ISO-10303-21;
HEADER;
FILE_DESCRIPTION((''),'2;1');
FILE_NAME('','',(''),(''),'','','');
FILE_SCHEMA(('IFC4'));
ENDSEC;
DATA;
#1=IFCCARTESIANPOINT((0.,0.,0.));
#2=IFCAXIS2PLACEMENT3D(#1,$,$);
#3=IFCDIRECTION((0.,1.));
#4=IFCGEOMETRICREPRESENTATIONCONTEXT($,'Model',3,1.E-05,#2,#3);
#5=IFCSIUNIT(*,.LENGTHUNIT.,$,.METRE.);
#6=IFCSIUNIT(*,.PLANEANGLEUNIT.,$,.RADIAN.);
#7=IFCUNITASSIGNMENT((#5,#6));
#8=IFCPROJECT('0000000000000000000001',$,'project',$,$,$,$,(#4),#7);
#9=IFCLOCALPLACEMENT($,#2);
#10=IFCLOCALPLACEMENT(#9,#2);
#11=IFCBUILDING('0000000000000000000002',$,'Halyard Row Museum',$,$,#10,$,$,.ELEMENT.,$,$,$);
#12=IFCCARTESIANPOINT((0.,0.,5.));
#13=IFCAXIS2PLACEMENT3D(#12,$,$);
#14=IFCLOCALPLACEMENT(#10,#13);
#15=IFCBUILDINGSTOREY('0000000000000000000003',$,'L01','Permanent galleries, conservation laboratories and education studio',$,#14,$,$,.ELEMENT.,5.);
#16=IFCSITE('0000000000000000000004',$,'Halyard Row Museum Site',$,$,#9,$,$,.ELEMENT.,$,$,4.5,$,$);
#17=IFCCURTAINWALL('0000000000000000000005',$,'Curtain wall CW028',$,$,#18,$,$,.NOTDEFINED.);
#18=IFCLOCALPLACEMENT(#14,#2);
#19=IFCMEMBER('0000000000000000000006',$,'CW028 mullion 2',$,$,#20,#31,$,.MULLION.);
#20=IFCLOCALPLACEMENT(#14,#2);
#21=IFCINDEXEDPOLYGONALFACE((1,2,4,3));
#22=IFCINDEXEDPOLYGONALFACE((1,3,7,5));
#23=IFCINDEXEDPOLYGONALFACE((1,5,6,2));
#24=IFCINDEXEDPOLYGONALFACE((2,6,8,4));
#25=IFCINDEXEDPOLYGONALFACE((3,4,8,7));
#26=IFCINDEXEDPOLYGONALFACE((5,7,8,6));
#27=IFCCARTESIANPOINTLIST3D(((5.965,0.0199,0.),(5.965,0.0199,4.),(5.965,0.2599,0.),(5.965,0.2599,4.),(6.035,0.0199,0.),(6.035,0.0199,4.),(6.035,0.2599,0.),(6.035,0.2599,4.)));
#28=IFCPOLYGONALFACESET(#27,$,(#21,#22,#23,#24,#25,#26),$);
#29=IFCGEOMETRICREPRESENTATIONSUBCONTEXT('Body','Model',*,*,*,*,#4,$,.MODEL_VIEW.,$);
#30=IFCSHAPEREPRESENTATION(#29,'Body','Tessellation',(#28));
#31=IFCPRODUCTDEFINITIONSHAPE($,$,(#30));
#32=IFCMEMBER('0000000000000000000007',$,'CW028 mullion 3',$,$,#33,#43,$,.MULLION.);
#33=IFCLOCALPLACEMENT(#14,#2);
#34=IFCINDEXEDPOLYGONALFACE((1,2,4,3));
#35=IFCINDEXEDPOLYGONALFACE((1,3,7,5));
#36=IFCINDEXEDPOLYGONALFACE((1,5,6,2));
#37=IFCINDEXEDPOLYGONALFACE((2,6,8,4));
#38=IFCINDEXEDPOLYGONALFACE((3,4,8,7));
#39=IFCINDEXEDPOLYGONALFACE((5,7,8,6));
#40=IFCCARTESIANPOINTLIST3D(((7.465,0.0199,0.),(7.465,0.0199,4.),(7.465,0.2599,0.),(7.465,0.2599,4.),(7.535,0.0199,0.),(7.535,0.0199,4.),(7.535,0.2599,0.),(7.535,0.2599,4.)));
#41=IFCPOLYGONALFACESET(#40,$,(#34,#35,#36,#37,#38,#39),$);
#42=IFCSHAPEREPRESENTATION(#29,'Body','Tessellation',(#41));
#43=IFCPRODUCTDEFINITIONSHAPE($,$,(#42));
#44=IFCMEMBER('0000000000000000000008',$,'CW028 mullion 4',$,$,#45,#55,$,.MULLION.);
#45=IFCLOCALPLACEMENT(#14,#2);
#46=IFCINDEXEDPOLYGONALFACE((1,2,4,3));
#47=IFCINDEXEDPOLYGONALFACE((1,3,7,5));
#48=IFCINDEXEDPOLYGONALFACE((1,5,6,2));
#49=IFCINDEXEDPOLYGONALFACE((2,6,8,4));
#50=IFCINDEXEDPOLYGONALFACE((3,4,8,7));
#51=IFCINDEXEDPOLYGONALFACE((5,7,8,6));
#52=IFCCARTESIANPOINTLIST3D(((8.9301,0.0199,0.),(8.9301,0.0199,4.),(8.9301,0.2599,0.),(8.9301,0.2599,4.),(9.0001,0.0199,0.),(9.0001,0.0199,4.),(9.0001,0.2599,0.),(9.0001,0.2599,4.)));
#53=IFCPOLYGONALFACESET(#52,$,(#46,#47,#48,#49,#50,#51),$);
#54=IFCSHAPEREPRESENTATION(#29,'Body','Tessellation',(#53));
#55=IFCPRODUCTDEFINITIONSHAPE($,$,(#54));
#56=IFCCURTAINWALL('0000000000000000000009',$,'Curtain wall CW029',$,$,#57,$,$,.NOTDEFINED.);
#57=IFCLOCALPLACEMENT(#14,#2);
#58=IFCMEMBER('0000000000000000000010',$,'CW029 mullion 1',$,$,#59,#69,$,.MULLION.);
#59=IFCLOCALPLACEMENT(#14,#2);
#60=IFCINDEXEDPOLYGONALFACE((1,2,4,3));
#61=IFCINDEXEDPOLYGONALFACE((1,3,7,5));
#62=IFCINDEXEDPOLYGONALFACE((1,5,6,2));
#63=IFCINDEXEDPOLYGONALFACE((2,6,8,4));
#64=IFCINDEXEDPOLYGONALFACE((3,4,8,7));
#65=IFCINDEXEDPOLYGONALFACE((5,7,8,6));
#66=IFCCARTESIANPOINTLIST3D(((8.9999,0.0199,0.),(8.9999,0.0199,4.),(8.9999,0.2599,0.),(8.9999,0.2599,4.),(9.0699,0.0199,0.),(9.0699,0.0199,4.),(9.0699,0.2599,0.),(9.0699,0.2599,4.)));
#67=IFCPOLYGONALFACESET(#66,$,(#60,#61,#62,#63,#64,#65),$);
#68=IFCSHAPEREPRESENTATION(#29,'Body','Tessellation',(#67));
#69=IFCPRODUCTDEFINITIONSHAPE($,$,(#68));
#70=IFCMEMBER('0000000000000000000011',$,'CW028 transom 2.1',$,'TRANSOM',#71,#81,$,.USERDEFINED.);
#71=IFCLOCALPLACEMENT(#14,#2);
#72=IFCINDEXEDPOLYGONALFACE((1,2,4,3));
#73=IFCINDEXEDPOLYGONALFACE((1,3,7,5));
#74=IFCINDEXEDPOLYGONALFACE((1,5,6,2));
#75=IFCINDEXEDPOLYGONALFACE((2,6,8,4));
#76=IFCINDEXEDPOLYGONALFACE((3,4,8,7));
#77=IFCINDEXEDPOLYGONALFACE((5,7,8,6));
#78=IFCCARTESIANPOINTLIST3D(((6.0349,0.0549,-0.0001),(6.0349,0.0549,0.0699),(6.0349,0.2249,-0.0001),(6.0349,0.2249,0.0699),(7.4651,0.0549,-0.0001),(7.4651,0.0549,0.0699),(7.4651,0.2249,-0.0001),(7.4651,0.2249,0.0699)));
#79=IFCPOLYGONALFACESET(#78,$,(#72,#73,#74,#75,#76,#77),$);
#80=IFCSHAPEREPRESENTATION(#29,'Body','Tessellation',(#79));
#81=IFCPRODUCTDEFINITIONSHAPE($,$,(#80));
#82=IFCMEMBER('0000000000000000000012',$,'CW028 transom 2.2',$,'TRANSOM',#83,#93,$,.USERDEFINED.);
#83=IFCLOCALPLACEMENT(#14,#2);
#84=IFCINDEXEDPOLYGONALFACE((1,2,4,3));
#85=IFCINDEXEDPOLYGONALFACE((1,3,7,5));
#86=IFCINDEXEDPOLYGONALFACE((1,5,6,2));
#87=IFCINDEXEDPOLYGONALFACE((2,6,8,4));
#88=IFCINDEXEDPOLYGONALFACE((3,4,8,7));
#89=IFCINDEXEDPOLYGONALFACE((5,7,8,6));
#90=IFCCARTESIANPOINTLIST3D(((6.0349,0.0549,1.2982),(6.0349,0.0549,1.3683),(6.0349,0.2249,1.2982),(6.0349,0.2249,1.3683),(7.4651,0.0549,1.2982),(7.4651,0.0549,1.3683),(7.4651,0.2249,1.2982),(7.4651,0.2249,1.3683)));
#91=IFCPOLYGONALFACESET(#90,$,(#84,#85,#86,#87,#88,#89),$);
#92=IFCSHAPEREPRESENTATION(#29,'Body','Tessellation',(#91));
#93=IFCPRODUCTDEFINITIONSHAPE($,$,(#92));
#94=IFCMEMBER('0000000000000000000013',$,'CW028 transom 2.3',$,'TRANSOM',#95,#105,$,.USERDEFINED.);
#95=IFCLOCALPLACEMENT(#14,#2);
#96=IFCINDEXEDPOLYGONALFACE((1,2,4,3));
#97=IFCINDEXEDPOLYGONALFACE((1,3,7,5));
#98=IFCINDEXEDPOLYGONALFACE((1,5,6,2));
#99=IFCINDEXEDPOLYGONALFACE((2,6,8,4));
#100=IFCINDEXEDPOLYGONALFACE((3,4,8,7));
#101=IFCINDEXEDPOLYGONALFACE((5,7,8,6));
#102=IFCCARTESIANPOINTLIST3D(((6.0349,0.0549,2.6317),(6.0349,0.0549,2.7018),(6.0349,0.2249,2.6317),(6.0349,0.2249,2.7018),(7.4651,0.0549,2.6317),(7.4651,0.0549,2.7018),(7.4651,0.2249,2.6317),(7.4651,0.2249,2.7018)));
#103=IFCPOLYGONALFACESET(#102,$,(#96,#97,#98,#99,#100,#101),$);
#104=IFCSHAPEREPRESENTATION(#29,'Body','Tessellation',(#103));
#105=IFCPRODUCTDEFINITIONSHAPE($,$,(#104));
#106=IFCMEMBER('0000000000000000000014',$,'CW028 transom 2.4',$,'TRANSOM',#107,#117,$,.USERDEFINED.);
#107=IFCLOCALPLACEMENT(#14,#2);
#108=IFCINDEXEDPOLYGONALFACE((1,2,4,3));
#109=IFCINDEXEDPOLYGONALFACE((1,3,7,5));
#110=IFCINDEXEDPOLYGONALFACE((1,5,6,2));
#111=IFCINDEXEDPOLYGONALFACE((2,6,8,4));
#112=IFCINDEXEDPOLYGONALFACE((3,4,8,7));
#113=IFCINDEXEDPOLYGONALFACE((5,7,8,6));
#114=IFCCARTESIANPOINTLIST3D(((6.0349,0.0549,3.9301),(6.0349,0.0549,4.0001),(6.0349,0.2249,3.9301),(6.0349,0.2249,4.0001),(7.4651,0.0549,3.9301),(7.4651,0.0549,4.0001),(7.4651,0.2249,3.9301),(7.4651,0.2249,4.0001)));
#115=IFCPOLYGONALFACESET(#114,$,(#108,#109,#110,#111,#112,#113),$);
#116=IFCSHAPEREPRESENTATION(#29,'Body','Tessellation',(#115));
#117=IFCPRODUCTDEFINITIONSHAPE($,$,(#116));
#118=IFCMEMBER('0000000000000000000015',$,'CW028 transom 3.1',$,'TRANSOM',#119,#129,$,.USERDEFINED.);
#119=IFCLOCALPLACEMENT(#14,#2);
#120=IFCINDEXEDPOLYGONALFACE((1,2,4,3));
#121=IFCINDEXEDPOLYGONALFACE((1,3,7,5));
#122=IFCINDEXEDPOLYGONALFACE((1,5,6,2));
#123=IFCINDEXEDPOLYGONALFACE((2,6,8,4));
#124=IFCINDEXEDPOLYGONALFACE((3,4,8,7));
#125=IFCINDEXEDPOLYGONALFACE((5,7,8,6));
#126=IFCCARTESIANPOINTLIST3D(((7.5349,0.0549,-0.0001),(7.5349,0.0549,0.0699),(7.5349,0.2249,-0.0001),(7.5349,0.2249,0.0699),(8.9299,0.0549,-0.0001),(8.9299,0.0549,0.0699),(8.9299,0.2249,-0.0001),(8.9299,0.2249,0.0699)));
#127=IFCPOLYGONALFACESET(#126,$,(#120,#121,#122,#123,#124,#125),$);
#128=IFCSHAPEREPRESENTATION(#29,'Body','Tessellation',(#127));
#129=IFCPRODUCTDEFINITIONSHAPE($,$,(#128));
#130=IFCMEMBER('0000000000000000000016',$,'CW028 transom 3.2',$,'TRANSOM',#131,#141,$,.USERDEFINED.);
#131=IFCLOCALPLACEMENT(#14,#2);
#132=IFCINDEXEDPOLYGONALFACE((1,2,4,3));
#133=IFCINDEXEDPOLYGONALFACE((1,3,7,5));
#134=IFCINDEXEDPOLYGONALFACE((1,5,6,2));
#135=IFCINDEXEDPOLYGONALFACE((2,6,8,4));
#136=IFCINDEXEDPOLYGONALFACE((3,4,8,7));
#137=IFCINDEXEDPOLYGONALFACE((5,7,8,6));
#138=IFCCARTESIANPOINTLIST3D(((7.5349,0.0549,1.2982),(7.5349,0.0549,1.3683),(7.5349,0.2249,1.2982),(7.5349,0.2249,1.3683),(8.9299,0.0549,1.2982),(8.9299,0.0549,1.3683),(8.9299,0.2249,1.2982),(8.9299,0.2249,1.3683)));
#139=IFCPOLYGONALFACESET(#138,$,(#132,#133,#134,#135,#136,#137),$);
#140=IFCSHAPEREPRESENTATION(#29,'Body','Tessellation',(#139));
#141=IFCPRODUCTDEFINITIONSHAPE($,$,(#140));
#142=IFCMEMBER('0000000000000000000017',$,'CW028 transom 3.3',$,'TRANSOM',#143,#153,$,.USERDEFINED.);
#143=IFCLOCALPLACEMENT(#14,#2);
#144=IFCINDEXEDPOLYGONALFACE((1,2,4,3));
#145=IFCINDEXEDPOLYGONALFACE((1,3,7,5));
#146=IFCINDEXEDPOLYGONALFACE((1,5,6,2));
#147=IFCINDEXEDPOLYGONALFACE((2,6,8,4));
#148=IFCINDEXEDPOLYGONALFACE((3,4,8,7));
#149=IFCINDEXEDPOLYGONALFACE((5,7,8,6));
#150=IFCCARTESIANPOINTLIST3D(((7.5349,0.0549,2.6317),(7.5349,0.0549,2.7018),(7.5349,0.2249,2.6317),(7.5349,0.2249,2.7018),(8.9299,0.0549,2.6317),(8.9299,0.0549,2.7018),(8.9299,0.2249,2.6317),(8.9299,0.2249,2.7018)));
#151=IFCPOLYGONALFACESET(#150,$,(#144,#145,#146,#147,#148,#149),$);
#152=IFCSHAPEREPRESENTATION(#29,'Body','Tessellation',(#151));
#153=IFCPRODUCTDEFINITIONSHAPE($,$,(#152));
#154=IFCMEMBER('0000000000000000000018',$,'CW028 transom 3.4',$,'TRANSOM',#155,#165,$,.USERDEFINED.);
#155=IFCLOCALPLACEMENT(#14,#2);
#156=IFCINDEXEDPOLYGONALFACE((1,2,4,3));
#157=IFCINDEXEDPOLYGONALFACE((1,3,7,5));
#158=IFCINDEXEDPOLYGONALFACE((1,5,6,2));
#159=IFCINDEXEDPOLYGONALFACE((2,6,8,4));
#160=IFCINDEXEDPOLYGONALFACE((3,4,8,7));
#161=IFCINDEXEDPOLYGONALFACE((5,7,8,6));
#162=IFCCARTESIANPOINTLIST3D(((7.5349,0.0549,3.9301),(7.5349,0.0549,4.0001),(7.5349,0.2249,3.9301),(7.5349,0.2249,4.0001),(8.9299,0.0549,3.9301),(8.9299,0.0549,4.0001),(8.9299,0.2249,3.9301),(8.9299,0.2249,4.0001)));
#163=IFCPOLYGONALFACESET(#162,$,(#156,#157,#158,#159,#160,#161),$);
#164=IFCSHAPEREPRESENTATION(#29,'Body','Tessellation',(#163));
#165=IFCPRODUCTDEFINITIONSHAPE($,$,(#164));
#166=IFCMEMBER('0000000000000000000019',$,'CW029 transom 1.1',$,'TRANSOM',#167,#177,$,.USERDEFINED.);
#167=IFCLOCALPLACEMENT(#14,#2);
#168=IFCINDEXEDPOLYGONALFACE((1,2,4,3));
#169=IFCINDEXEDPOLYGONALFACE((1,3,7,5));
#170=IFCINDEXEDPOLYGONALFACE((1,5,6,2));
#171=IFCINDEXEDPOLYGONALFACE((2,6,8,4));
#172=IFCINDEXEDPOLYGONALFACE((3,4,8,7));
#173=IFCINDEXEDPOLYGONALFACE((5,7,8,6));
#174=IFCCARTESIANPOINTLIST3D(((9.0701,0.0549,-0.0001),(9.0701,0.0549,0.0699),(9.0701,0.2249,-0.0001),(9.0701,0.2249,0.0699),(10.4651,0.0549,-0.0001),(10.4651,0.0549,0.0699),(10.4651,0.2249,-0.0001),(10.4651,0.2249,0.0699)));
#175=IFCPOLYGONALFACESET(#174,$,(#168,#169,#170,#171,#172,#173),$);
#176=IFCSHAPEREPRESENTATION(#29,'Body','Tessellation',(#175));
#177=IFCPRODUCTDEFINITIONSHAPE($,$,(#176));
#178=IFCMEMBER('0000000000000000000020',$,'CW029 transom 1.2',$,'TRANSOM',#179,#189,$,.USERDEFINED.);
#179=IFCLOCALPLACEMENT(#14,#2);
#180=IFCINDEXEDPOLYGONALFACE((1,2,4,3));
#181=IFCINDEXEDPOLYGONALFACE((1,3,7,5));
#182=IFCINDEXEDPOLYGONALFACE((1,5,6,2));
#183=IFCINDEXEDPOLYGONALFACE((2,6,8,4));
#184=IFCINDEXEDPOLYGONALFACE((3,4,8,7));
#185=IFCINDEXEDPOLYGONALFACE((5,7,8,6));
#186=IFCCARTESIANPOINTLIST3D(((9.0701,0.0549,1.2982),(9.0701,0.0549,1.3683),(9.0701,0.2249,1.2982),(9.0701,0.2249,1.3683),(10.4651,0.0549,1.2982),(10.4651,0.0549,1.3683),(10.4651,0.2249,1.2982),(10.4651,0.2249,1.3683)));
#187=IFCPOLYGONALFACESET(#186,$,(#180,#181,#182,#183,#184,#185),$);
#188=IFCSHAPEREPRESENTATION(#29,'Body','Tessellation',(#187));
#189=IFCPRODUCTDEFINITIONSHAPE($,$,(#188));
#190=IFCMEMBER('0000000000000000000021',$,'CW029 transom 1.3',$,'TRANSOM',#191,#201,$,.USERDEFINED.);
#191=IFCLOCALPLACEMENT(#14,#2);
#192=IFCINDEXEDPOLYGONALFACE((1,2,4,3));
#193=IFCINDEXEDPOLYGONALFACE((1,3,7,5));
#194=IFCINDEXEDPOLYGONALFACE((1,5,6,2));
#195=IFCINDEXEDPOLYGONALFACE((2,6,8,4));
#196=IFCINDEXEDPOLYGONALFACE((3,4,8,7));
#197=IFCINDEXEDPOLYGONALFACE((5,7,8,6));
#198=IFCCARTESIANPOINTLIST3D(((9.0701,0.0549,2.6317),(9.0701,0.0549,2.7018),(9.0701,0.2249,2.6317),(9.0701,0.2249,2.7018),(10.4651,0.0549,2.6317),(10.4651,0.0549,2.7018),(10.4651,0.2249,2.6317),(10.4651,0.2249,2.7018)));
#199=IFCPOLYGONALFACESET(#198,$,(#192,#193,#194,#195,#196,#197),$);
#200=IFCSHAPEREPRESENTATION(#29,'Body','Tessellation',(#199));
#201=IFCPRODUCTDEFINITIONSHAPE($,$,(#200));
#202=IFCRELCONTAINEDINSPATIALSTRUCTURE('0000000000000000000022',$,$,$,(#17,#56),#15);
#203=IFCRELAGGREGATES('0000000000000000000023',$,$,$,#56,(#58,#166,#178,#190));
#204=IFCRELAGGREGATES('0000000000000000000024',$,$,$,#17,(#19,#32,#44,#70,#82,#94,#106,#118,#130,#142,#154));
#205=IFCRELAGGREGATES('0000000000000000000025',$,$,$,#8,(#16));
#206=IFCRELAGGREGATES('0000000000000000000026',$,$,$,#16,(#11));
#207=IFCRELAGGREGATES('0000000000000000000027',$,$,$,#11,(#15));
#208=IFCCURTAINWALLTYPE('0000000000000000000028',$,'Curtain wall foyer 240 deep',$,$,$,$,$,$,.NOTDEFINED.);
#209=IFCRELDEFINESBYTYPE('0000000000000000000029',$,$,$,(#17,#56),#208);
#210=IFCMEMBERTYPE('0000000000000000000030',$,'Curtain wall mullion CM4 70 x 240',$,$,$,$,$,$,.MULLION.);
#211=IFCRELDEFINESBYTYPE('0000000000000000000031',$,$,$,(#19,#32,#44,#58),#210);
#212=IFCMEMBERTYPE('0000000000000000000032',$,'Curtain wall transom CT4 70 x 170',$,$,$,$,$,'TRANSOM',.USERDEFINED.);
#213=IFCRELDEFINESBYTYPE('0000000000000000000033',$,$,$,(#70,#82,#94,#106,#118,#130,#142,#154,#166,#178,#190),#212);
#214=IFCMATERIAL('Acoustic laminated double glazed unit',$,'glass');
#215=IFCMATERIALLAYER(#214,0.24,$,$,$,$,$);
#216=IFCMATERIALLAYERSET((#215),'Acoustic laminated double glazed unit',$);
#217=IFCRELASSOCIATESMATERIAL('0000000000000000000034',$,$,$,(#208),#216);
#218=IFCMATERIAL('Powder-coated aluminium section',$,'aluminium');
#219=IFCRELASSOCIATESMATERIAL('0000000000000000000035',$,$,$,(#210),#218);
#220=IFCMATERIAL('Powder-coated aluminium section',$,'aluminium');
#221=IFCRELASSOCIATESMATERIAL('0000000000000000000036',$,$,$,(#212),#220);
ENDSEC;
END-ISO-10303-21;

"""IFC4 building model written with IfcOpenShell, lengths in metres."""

from ifc_helpers import new_model, si_unit, direction, frame, origin, origin_2d, place, context, subcontext, project, spatial, rectangle, extrude, material, layer, layer_set, material_profile, profile_set, type_object, element, aggregate, save


model = new_model("IFC4")

# Units and contexts
model_context = context("Model", 3, precision=1e-05, world=origin(), true_north=direction((0.0, 1.0)))
body_context = subcontext(model_context, "Body", "Model", "MODEL_VIEW")
ifc_project = project(units=[si_unit("LENGTHUNIT", "METRE"), si_unit("PLANEANGLEUNIT", "RADIAN")], contexts=[model_context])

# Site, building, storey
site_placement = place(None, origin())
site = spatial("IfcSite", under=ifc_project, at=site_placement, Name="Halyard Row Museum Site", CompositionType="ELEMENT", RefElevation=4.5)
building_placement = place(site_placement, origin())
building = spatial("IfcBuilding", under=site, at=building_placement, Name="Halyard Row Museum", CompositionType="ELEMENT")
storey_placement = place(building_placement, frame((0.0, 0.0, 5.0)))
storey = spatial("IfcBuildingStorey", under=building, at=storey_placement, Name="L01", Description="Permanent galleries, conservation laboratories and education studio", CompositionType="ELEMENT", Elevation=5.0)

# Curtain wall, members
ifc_material_1 = material(Name="Acoustic laminated double glazed unit", Category="glass")
ifc_layer_1 = layer(ifc_material_1, 0.24)
ifc_layer_set_1 = layer_set([ifc_layer_1], Name="Acoustic laminated double glazed unit")
curtain_wall_type = type_object("IfcCurtainWallType", Name="Curtain wall foyer 240 deep", PredefinedType="NOTDEFINED", material=ifc_layer_set_1)
curtain_wall_1_placement = place(storey_placement, origin())
curtain_wall_1 = element("IfcCurtainWall", 1, at=curtain_wall_1_placement, inside=storey, type_object=curtain_wall_type, Name="Curtain wall CW028", PredefinedType="NOTDEFINED")
ifc_material_2 = material(Name="Powder-coated aluminium section", Category="aluminium")
ifc_material_profile_1 = material_profile(ifc_material_2, rectangle(XDim=0.24, YDim=0.0701, at=origin_2d()), Name="240x70 mullion")
ifc_profile_set_1 = profile_set([ifc_material_profile_1], Name="Powder-coated aluminium section")
member_type_1 = type_object("IfcMemberType", Name="Curtain wall mullion CM4 70 x 240", PredefinedType="MULLION", material=ifc_profile_set_1)
member_1_placement = place(storey_placement, frame((6.0, 0.1399, 0.0), z_axis=(0.0, 0.0, 1.0), x_axis=(0.0, 1.0, 0.0)))
member_1 = element("IfcMember", 2, at=member_1_placement, type_object=member_type_1, Name="CW028 mullion 2", PredefinedType="MULLION", context=body_context, shape_type="SweptSolid", body=[
    extrude(rectangle(XDim=0.24, YDim=0.0701, at=origin_2d()), origin(), (0.0, 0.0, 1.0), 4.0),
])
member_2_placement = place(storey_placement, frame((7.5, 0.1399, 0.0), z_axis=(0.0, 0.0, 1.0), x_axis=(0.0, 1.0, 0.0)))
member_2 = element("IfcMember", 3, at=member_2_placement, type_object=member_type_1, Name="CW028 mullion 3", PredefinedType="MULLION", context=body_context, shape_type="SweptSolid", body=[
    extrude(rectangle(XDim=0.24, YDim=0.0701, at=origin_2d()), origin(), (0.0, 0.0, 1.0), 4.0),
])
member_3_placement = place(storey_placement, frame((8.9651, 0.1399, 0.0), z_axis=(0.0, 0.0, 1.0), x_axis=(0.0, 1.0, 0.0)))
member_3 = element("IfcMember", 4, at=member_3_placement, type_object=member_type_1, Name="CW028 mullion 4", PredefinedType="MULLION", context=body_context, shape_type="SweptSolid", body=[
    extrude(rectangle(XDim=0.24, YDim=0.0701, at=origin_2d()), origin(), (0.0, 0.0, 1.0), 4.0),
])

# Curtain wall, member
curtain_wall_2_placement = place(storey_placement, origin())
curtain_wall_2 = element("IfcCurtainWall", 5, at=curtain_wall_2_placement, inside=storey, type_object=curtain_wall_type, Name="Curtain wall CW029", PredefinedType="NOTDEFINED")
member_4_placement = place(storey_placement, frame((9.0349, 0.1399, 0.0), z_axis=(0.0, 0.0, 1.0), x_axis=(0.0, 1.0, 0.0)))
member_4 = element("IfcMember", 6, at=member_4_placement, type_object=member_type_1, Name="CW029 mullion 1", PredefinedType="MULLION", context=body_context, shape_type="SweptSolid", body=[
    extrude(rectangle(XDim=0.24, YDim=0.0701, at=origin_2d()), origin(), (0.0, 0.0, 1.0), 4.0),
])

# Members
ifc_material_3 = material(Name="Powder-coated aluminium section", Category="aluminium")
ifc_material_profile_2 = material_profile(ifc_material_3, rectangle(XDim=0.1699, YDim=0.0701, at=origin_2d()), Name="170x70 transom")
ifc_profile_set_2 = profile_set([ifc_material_profile_2], Name="Powder-coated aluminium section")
member_type_2 = type_object("IfcMemberType", Name="Curtain wall transom CT4 70 x 170", ElementType="TRANSOM", PredefinedType="USERDEFINED", material=ifc_profile_set_2)
member_5_placement = place(storey_placement, frame((6.0349, 0.1399, 0.0349), z_axis=(1.0, 0.0, 0.0), x_axis=(0.0, 1.0, 0.0)))
member_5 = element("IfcMember", 7, at=member_5_placement, type_object=member_type_2, Name="CW028 transom 2.1", ObjectType="TRANSOM", PredefinedType="USERDEFINED", context=body_context, shape_type="SweptSolid", body=[
    extrude(rectangle(XDim=0.1699, YDim=0.0701, at=origin_2d()), origin(), (0.0, 0.0, 1.0), 1.4302),
])
member_6_placement = place(storey_placement, frame((6.0349, 0.1399, 1.3333), z_axis=(1.0, 0.0, 0.0), x_axis=(0.0, 1.0, 0.0)))
member_6 = element("IfcMember", 8, at=member_6_placement, type_object=member_type_2, Name="CW028 transom 2.2", ObjectType="TRANSOM", PredefinedType="USERDEFINED", context=body_context, shape_type="SweptSolid", body=[
    extrude(rectangle(XDim=0.1699, YDim=0.0701, at=origin_2d()), origin(), (0.0, 0.0, 1.0), 1.4302),
])
member_7_placement = place(storey_placement, frame((6.0349, 0.1399, 2.6667), z_axis=(1.0, 0.0, 0.0), x_axis=(0.0, 1.0, 0.0)))
member_7 = element("IfcMember", 9, at=member_7_placement, type_object=member_type_2, Name="CW028 transom 2.3", ObjectType="TRANSOM", PredefinedType="USERDEFINED", context=body_context, shape_type="SweptSolid", body=[
    extrude(rectangle(XDim=0.1699, YDim=0.0701, at=origin_2d()), origin(), (0.0, 0.0, 1.0), 1.4302),
])
member_8_placement = place(storey_placement, frame((6.0349, 0.1399, 3.9651), z_axis=(1.0, 0.0, 0.0), x_axis=(0.0, 1.0, 0.0)))
member_8 = element("IfcMember", 10, at=member_8_placement, type_object=member_type_2, Name="CW028 transom 2.4", ObjectType="TRANSOM", PredefinedType="USERDEFINED", context=body_context, shape_type="SweptSolid", body=[
    extrude(rectangle(XDim=0.1699, YDim=0.0701, at=origin_2d()), origin(), (0.0, 0.0, 1.0), 1.4302),
])
member_9_placement = place(storey_placement, frame((7.5349, 0.1399, 0.0349), z_axis=(1.0, 0.0, 0.0), x_axis=(0.0, 1.0, 0.0)))
member_9 = element("IfcMember", 11, at=member_9_placement, type_object=member_type_2, Name="CW028 transom 3.1", ObjectType="TRANSOM", PredefinedType="USERDEFINED", context=body_context, shape_type="SweptSolid", body=[
    extrude(rectangle(XDim=0.1699, YDim=0.0701, at=origin_2d()), origin(), (0.0, 0.0, 1.0), 1.395),
])
member_10_placement = place(storey_placement, frame((7.5349, 0.1399, 1.3333), z_axis=(1.0, 0.0, 0.0), x_axis=(0.0, 1.0, 0.0)))
member_10 = element("IfcMember", 12, at=member_10_placement, type_object=member_type_2, Name="CW028 transom 3.2", ObjectType="TRANSOM", PredefinedType="USERDEFINED", context=body_context, shape_type="SweptSolid", body=[
    extrude(rectangle(XDim=0.1699, YDim=0.0701, at=origin_2d()), origin(), (0.0, 0.0, 1.0), 1.395),
])
member_11_placement = place(storey_placement, frame((7.5349, 0.1399, 2.6667), z_axis=(1.0, 0.0, 0.0), x_axis=(0.0, 1.0, 0.0)))
member_11 = element("IfcMember", 13, at=member_11_placement, type_object=member_type_2, Name="CW028 transom 3.3", ObjectType="TRANSOM", PredefinedType="USERDEFINED", context=body_context, shape_type="SweptSolid", body=[
    extrude(rectangle(XDim=0.1699, YDim=0.0701, at=origin_2d()), origin(), (0.0, 0.0, 1.0), 1.395),
])
member_12_placement = place(storey_placement, frame((7.5349, 0.1399, 3.9651), z_axis=(1.0, 0.0, 0.0), x_axis=(0.0, 1.0, 0.0)))
member_12 = element("IfcMember", 14, at=member_12_placement, type_object=member_type_2, Name="CW028 transom 3.4", ObjectType="TRANSOM", PredefinedType="USERDEFINED", context=body_context, shape_type="SweptSolid", body=[
    extrude(rectangle(XDim=0.1699, YDim=0.0701, at=origin_2d()), origin(), (0.0, 0.0, 1.0), 1.395),
])
member_13_placement = place(storey_placement, frame((9.0701, 0.1399, 0.0349), z_axis=(1.0, 0.0, 0.0), x_axis=(0.0, 1.0, 0.0)))
member_13 = element("IfcMember", 15, at=member_13_placement, type_object=member_type_2, Name="CW029 transom 1.1", ObjectType="TRANSOM", PredefinedType="USERDEFINED", context=body_context, shape_type="SweptSolid", body=[
    extrude(rectangle(XDim=0.1699, YDim=0.0701, at=origin_2d()), origin(), (0.0, 0.0, 1.0), 1.395),
])
member_14_placement = place(storey_placement, frame((9.0701, 0.1399, 1.3333), z_axis=(1.0, 0.0, 0.0), x_axis=(0.0, 1.0, 0.0)))
member_14 = element("IfcMember", 16, at=member_14_placement, type_object=member_type_2, Name="CW029 transom 1.2", ObjectType="TRANSOM", PredefinedType="USERDEFINED", context=body_context, shape_type="SweptSolid", body=[
    extrude(rectangle(XDim=0.1699, YDim=0.0701, at=origin_2d()), origin(), (0.0, 0.0, 1.0), 1.395),
])
member_15_placement = place(storey_placement, frame((9.0701, 0.1399, 2.6667), z_axis=(1.0, 0.0, 0.0), x_axis=(0.0, 1.0, 0.0)))
member_15 = element("IfcMember", 17, at=member_15_placement, type_object=member_type_2, Name="CW029 transom 1.3", ObjectType="TRANSOM", PredefinedType="USERDEFINED", context=body_context, shape_type="SweptSolid", body=[
    extrude(rectangle(XDim=0.1699, YDim=0.0701, at=origin_2d()), origin(), (0.0, 0.0, 1.0), 1.395),
])
aggregate(curtain_wall_2, [member_4, member_13, member_14, member_15])

aggregate(curtain_wall_1, [member_1, member_2, member_3, member_5, member_6, member_7, member_8, member_9, member_10, member_11, member_12])

save(model, "model.ifc")
